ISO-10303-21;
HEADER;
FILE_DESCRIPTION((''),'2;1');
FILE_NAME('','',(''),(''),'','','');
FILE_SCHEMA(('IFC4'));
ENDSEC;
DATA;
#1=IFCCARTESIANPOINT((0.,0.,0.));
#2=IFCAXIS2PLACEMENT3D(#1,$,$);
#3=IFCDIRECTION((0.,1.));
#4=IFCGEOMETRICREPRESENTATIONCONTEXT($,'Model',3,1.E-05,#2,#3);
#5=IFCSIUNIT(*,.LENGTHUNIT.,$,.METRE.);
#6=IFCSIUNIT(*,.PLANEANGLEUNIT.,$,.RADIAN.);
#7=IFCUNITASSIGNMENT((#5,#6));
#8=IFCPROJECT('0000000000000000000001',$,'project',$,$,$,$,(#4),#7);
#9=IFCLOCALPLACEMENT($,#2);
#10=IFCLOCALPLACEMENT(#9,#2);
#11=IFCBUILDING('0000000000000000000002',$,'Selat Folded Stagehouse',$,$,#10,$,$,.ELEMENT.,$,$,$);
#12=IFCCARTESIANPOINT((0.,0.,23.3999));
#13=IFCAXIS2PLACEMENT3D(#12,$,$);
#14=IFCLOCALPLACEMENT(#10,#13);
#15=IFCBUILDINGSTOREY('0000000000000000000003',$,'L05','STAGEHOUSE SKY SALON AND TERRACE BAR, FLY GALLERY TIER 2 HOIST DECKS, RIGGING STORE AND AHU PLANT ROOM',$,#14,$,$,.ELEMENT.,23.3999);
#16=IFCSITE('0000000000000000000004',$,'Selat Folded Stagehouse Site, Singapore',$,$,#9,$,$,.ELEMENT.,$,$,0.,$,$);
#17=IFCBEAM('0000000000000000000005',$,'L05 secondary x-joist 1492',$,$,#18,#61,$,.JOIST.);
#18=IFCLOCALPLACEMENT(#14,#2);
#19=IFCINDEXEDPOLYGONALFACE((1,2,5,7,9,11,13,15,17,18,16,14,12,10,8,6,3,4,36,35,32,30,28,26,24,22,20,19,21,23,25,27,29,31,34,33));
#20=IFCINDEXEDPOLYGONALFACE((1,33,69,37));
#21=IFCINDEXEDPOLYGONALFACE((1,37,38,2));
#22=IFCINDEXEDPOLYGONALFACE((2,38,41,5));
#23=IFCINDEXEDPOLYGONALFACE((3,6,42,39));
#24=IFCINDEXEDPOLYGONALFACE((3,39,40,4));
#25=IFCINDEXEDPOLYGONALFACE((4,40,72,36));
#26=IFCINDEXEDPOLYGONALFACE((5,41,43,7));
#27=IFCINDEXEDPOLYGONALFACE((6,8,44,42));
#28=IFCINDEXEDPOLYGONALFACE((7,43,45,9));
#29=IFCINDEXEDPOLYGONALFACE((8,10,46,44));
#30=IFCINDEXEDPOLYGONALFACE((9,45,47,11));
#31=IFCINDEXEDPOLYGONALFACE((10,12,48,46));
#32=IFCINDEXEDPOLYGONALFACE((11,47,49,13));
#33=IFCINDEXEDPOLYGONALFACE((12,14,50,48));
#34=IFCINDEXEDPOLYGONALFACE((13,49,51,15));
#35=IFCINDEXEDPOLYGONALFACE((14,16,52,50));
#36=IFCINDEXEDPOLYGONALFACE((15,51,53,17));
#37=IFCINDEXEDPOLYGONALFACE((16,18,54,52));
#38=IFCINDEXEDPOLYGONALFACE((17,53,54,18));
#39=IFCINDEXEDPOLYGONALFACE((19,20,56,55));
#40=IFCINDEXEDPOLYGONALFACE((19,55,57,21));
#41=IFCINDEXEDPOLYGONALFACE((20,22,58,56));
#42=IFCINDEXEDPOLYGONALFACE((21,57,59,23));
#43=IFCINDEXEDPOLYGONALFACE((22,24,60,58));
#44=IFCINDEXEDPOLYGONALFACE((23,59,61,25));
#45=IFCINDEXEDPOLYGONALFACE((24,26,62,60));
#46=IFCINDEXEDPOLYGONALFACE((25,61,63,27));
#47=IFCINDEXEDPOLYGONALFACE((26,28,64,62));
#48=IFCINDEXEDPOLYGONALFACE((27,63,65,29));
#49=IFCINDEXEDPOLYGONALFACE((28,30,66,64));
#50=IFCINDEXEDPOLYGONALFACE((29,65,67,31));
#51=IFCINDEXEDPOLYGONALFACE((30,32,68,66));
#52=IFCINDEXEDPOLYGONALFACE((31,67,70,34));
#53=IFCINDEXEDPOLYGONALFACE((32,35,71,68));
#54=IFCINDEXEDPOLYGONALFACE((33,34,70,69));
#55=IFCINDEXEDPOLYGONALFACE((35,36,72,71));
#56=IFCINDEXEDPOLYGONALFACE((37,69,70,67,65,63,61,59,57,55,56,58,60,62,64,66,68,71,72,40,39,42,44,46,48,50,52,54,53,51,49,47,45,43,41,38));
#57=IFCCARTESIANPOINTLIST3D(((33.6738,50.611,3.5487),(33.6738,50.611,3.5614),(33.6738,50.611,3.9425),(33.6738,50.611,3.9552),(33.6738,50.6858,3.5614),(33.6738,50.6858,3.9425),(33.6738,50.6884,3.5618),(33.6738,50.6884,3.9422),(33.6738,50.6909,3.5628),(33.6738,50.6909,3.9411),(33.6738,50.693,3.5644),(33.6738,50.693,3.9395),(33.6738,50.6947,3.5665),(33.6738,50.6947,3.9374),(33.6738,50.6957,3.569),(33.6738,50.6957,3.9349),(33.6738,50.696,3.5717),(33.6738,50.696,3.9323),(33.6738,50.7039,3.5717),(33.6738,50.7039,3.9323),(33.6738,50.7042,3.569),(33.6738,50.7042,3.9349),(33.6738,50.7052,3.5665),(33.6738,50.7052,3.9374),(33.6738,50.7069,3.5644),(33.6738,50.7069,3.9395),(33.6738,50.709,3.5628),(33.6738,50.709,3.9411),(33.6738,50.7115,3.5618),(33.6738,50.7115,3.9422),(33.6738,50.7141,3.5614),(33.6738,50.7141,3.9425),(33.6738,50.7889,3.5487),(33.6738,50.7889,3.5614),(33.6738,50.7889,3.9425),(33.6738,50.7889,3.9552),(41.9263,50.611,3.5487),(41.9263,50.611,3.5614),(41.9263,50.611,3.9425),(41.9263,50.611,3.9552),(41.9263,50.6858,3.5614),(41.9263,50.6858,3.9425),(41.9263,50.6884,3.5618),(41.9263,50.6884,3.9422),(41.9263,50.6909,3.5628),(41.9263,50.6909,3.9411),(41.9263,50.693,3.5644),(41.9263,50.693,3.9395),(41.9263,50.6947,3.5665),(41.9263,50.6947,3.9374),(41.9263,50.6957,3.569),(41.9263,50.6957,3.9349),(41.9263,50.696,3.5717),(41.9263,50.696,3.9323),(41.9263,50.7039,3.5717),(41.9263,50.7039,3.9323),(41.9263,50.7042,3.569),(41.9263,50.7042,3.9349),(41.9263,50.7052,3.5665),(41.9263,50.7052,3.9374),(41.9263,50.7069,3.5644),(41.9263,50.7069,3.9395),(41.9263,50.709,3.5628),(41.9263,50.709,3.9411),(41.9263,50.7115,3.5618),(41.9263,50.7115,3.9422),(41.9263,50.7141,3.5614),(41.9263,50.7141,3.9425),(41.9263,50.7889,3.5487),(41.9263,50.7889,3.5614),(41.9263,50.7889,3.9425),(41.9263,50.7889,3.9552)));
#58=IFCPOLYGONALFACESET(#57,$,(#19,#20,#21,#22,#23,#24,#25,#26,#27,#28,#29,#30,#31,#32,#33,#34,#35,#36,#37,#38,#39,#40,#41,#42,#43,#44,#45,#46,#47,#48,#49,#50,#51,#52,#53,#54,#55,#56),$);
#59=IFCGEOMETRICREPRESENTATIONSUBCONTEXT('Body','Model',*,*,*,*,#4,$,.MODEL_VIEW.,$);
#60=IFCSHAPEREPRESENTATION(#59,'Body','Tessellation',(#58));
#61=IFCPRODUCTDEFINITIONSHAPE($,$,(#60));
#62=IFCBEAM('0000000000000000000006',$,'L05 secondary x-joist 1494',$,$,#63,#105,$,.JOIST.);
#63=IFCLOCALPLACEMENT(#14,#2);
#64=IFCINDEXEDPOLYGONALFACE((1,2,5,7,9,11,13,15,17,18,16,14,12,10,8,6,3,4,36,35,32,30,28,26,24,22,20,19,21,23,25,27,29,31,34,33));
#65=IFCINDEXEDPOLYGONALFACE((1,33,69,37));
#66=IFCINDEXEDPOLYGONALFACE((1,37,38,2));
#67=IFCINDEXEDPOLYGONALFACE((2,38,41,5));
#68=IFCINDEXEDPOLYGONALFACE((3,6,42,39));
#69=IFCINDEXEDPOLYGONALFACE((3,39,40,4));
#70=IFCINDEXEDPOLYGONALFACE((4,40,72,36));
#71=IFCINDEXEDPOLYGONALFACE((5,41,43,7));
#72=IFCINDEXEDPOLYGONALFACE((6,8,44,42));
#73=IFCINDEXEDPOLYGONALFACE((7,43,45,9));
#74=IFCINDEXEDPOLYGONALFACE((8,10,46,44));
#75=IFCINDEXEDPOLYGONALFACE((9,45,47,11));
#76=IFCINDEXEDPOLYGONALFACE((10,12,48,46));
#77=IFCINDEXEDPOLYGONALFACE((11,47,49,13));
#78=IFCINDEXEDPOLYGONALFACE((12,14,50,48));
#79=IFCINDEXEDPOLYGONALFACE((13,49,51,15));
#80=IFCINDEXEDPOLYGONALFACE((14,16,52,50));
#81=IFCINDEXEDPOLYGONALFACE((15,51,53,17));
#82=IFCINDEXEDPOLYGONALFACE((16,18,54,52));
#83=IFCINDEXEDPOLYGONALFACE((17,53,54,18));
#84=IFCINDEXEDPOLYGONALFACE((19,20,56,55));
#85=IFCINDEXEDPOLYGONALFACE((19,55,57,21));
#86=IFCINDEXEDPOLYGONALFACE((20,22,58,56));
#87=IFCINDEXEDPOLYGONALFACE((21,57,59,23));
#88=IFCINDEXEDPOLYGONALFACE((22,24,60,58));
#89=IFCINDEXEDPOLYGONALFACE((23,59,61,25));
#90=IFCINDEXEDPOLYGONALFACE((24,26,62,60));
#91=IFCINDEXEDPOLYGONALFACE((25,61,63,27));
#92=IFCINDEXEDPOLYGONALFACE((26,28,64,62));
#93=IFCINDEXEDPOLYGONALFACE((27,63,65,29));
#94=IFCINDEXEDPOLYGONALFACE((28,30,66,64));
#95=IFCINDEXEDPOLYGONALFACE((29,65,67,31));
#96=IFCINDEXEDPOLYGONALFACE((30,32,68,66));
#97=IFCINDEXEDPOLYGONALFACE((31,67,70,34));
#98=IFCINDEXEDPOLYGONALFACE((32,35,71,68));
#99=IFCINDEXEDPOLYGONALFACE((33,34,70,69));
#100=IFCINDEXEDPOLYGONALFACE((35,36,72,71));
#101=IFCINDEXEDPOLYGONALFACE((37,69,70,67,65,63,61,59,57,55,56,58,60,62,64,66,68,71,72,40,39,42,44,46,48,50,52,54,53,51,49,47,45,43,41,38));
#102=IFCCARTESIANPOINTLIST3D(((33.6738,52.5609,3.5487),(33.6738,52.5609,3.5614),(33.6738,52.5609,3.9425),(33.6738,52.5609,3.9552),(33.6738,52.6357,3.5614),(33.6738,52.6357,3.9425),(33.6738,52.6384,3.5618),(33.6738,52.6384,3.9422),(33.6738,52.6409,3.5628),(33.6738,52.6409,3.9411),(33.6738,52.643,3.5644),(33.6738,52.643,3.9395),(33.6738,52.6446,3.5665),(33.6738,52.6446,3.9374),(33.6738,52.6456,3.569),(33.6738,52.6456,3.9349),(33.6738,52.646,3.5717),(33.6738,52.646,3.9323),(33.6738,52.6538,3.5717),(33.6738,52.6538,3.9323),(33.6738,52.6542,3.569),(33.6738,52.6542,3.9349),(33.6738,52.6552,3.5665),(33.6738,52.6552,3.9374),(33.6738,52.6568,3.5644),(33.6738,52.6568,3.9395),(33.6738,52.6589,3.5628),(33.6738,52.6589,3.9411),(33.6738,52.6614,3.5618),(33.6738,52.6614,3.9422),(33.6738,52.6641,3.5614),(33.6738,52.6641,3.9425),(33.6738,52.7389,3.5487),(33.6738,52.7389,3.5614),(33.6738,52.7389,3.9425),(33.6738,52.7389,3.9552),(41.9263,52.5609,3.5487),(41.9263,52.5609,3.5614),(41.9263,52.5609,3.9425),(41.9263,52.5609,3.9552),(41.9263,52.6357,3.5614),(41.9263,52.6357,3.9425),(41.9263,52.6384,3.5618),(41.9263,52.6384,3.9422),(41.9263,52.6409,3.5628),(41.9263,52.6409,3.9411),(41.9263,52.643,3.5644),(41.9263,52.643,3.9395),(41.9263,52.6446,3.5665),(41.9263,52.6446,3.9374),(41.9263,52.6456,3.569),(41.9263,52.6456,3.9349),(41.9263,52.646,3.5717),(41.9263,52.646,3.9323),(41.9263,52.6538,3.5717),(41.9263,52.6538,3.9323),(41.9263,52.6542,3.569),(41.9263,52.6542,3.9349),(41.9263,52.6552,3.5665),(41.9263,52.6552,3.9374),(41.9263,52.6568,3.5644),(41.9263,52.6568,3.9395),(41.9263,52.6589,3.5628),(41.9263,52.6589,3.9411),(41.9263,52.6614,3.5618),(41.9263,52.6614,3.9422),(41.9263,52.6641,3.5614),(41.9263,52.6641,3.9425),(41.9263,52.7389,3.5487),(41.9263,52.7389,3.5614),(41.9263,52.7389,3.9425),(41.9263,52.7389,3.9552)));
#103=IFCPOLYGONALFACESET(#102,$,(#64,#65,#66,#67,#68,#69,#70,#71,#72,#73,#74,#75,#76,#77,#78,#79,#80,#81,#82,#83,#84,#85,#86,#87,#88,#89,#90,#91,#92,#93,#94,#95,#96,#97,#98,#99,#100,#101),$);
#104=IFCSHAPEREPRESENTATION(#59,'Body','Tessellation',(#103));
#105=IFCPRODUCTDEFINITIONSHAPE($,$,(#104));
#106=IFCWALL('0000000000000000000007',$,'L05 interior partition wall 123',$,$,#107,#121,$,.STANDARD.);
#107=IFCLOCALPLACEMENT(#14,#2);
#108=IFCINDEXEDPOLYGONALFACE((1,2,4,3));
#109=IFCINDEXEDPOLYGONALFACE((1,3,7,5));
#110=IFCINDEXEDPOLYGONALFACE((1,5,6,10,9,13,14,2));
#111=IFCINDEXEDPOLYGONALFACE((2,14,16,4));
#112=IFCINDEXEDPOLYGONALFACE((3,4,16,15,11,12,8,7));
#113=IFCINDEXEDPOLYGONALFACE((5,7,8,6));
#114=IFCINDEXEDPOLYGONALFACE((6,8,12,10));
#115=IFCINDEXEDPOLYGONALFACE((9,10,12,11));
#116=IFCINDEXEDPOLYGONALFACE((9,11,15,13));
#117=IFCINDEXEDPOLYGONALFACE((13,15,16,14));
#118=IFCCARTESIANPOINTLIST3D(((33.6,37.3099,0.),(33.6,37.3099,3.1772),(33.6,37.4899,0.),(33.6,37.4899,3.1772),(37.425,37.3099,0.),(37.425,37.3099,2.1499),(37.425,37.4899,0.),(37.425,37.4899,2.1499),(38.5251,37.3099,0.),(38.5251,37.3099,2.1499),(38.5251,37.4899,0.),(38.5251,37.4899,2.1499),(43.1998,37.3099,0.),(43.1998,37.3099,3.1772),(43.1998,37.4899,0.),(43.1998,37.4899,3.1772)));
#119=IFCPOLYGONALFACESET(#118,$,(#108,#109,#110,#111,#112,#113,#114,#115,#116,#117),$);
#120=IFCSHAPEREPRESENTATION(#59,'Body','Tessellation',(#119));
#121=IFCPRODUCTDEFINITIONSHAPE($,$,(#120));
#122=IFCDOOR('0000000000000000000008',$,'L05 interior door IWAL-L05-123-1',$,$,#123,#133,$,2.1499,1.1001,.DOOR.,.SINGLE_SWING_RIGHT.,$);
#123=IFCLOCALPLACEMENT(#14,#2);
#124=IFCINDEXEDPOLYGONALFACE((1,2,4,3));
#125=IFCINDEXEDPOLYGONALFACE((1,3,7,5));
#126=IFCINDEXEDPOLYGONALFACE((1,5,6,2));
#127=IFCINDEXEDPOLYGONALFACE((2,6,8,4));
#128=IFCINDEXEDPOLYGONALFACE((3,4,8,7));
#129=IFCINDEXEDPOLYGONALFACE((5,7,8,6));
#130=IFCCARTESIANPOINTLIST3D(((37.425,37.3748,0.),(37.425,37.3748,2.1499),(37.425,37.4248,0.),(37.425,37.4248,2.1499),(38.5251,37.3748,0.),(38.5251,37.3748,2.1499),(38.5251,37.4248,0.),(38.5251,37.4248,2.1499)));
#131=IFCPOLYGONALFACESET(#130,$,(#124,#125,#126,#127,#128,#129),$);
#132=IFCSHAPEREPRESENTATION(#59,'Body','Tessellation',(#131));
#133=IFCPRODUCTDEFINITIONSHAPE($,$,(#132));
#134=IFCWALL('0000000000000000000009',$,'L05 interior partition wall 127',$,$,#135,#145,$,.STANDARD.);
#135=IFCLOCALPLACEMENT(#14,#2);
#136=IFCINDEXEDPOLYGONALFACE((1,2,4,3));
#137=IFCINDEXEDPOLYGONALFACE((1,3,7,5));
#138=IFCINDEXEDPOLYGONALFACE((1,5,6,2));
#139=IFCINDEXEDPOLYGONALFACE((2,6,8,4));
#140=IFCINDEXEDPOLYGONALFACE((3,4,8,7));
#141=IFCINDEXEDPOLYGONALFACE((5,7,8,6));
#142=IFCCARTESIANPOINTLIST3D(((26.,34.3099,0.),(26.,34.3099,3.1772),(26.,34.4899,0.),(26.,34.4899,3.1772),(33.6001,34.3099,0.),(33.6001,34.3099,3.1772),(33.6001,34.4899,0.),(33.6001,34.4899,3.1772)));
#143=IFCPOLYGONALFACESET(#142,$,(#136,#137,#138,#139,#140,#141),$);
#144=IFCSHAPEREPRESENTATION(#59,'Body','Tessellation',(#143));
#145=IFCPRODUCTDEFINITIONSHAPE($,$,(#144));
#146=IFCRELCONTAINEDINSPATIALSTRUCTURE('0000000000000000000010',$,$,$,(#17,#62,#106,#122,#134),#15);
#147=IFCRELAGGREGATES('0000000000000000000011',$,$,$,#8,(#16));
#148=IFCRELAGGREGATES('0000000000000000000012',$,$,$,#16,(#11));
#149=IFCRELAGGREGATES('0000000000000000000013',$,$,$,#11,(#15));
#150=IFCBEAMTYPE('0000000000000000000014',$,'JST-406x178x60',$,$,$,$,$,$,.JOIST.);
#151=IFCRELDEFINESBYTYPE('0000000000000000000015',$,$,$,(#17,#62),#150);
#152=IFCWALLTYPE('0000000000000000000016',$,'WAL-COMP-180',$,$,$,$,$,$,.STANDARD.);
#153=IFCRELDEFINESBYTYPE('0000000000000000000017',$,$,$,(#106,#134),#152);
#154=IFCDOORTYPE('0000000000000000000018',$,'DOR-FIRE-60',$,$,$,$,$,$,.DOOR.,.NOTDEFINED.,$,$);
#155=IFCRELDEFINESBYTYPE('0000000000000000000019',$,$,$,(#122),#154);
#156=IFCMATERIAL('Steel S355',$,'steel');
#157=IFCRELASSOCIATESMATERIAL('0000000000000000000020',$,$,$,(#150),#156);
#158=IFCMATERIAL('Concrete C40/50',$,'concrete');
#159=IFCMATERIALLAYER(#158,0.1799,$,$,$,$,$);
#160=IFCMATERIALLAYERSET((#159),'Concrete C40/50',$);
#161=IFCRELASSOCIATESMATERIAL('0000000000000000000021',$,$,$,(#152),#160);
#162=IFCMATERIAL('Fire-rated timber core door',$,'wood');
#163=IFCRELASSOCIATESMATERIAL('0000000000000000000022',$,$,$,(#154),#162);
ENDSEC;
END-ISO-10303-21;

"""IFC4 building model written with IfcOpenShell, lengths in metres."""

from ifc_helpers import new_model, si_unit, direction, frame, frame_2d, origin, origin_2d, place, context, subcontext, project, spatial, rectangle, i_section, extrude, material, layer, layer_set, material_profile, profile_set, type_object, element, fill, save


model = new_model("IFC4")

# Units and contexts
model_context = context("Model", 3, precision=1e-05, world=origin(), true_north=direction((0.0, 1.0)))
body_context = subcontext(model_context, "Body", "Model", "MODEL_VIEW")
ifc_project = project(units=[si_unit("LENGTHUNIT", "METRE"), si_unit("PLANEANGLEUNIT", "RADIAN")], contexts=[model_context])

# Site, building, storey
site_placement = place(None, origin())
site = spatial("IfcSite", under=ifc_project, at=site_placement, Name="Selat Folded Stagehouse Site, Singapore", CompositionType="ELEMENT", RefElevation=0.0)
building_placement = place(site_placement, origin())
building = spatial("IfcBuilding", under=site, at=building_placement, Name="Selat Folded Stagehouse", CompositionType="ELEMENT")
storey_placement = place(building_placement, frame((0.0, 0.0, 23.3999)))
storey = spatial("IfcBuildingStorey", under=building, at=storey_placement, Name="L05", Description="STAGEHOUSE SKY SALON AND TERRACE BAR, FLY GALLERY TIER 2 HOIST DECKS, RIGGING STORE AND AHU PLANT ROOM", CompositionType="ELEMENT", Elevation=23.3999)

# Shared definitions
ifc_material_1 = material(Name="Steel S355", Category="steel")

# Beams
ifc_material_profile_1 = material_profile(ifc_material_1, i_section(OverallWidth=0.178, OverallDepth=0.4065, WebThickness=0.0078, FlangeThickness=0.0127, FilletRadius=0.0103, at=origin_2d()), Name="UKB 406x178x60")
ifc_profile_set_1 = profile_set([ifc_material_profile_1], Name="Steel S355")
beam_type_1 = type_object("IfcBeamType", Name="JST-406x178x60", PredefinedType="JOIST", material=ifc_profile_set_1)
for number, where, z_axis, x_axis, name in (
    (1, (33.6738, 50.7, 3.752), (1.0, 0.0, 0.0), (0.0, 1.0, 0.0), "L05 secondary x-joist 1492"),
    (2, (33.6738, 52.6499, 3.752), (1.0, 0.0, 0.0), (0.0, 1.0, 0.0), "L05 secondary x-joist 1494"),
):
    element("IfcBeam", number, at=place(storey_placement, frame(where, z_axis=z_axis, x_axis=x_axis)), inside=storey, type_object=beam_type_1, Name=name, PredefinedType="JOIST", context=body_context, shape_type="SweptSolid", body=[
        extrude(i_section(OverallWidth=0.178, OverallDepth=0.4065, WebThickness=0.0078, FlangeThickness=0.0127, FilletRadius=0.0103, at=origin_2d()), origin(), (0.0, 0.0, 1.0), 8.2524),
    ])

# Wall, opening, door
ifc_material_2 = material(Name="Concrete C40/50", Category="concrete")
ifc_layer_1 = layer(ifc_material_2, 0.1799)
ifc_layer_set_1 = layer_set([ifc_layer_1], Name="Concrete C40/50")
wall_type_1 = type_object("IfcWallType", Name="WAL-COMP-180", PredefinedType="STANDARD", material=ifc_layer_set_1)
wall_1_placement = place(storey_placement, frame((33.6001, 37.3999, 0.0), z_axis=(0.0, 0.0, 1.0), x_axis=(1.0, 0.0, 0.0)))
wall_1 = element("IfcWall", 3, at=wall_1_placement, inside=storey, type_object=wall_type_1, Name="L05 interior partition wall 123", PredefinedType="STANDARD", context=body_context, shape_type="SweptSolid", body=[
    extrude(rectangle(XDim=9.5999, YDim=0.1799, at=frame_2d((4.7998, 0.0))), origin(), (0.0, 0.0, 1.0), 3.1772),
])
opening_1_placement = place(wall_1_placement, frame((3.825, 0.0, 0.0)))
opening_1 = element("IfcOpeningElement", 4, at=opening_1_placement, cuts=wall_1, PredefinedType="OPENING", context=body_context, shape_type="SweptSolid", body=[
    extrude(rectangle(XDim=1.1001, YDim=2.1499, at=frame_2d((0.55, 1.075))), frame((0.0, 0.0999, 0.0), z_axis=(0.0, -1.0, 0.0), x_axis=(1.0, 0.0, 0.0)), (0.0, 0.0, 1.0), 0.2),
])
ifc_material_3 = material(Name="Fire-rated timber core door", Category="wood")
door_type_1 = type_object("IfcDoorType", Name="DOR-FIRE-60", OperationType="NOTDEFINED", PredefinedType="DOOR", material=ifc_material_3)
door_1_placement = place(opening_1_placement, origin())
door_1 = element("IfcDoor", 5, at=door_1_placement, inside=storey, type_object=door_type_1, Name="L05 interior door IWAL-L05-123-1", OperationType="SINGLE_SWING_RIGHT", OverallHeight=2.1499, OverallWidth=1.1001, PredefinedType="DOOR", context=body_context, shape_type="SweptSolid", body=[
    extrude(rectangle(XDim=1.1001, YDim=2.1499, at=frame_2d((0.55, 1.075))), frame((0.0, 0.0249, 0.0), z_axis=(0.0, -1.0, 0.0), x_axis=(1.0, 0.0, 0.0)), (0.0, 0.0, 1.0), 0.05),
])
fill(opening_1, door_1)

# Wall
wall_2_placement = place(storey_placement, frame((26.0, 34.3999, 0.0), z_axis=(0.0, 0.0, 1.0), x_axis=(1.0, 0.0, 0.0)))
element("IfcWall", 6, at=wall_2_placement, inside=storey, type_object=wall_type_1, Name="L05 interior partition wall 127", PredefinedType="STANDARD", context=body_context, shape_type="SweptSolid", body=[
    extrude(rectangle(XDim=7.6001, YDim=0.1799, at=frame_2d((3.8, 0.0))), origin(), (0.0, 0.0, 1.0), 3.1772),
])

save(model, "model.ifc")
